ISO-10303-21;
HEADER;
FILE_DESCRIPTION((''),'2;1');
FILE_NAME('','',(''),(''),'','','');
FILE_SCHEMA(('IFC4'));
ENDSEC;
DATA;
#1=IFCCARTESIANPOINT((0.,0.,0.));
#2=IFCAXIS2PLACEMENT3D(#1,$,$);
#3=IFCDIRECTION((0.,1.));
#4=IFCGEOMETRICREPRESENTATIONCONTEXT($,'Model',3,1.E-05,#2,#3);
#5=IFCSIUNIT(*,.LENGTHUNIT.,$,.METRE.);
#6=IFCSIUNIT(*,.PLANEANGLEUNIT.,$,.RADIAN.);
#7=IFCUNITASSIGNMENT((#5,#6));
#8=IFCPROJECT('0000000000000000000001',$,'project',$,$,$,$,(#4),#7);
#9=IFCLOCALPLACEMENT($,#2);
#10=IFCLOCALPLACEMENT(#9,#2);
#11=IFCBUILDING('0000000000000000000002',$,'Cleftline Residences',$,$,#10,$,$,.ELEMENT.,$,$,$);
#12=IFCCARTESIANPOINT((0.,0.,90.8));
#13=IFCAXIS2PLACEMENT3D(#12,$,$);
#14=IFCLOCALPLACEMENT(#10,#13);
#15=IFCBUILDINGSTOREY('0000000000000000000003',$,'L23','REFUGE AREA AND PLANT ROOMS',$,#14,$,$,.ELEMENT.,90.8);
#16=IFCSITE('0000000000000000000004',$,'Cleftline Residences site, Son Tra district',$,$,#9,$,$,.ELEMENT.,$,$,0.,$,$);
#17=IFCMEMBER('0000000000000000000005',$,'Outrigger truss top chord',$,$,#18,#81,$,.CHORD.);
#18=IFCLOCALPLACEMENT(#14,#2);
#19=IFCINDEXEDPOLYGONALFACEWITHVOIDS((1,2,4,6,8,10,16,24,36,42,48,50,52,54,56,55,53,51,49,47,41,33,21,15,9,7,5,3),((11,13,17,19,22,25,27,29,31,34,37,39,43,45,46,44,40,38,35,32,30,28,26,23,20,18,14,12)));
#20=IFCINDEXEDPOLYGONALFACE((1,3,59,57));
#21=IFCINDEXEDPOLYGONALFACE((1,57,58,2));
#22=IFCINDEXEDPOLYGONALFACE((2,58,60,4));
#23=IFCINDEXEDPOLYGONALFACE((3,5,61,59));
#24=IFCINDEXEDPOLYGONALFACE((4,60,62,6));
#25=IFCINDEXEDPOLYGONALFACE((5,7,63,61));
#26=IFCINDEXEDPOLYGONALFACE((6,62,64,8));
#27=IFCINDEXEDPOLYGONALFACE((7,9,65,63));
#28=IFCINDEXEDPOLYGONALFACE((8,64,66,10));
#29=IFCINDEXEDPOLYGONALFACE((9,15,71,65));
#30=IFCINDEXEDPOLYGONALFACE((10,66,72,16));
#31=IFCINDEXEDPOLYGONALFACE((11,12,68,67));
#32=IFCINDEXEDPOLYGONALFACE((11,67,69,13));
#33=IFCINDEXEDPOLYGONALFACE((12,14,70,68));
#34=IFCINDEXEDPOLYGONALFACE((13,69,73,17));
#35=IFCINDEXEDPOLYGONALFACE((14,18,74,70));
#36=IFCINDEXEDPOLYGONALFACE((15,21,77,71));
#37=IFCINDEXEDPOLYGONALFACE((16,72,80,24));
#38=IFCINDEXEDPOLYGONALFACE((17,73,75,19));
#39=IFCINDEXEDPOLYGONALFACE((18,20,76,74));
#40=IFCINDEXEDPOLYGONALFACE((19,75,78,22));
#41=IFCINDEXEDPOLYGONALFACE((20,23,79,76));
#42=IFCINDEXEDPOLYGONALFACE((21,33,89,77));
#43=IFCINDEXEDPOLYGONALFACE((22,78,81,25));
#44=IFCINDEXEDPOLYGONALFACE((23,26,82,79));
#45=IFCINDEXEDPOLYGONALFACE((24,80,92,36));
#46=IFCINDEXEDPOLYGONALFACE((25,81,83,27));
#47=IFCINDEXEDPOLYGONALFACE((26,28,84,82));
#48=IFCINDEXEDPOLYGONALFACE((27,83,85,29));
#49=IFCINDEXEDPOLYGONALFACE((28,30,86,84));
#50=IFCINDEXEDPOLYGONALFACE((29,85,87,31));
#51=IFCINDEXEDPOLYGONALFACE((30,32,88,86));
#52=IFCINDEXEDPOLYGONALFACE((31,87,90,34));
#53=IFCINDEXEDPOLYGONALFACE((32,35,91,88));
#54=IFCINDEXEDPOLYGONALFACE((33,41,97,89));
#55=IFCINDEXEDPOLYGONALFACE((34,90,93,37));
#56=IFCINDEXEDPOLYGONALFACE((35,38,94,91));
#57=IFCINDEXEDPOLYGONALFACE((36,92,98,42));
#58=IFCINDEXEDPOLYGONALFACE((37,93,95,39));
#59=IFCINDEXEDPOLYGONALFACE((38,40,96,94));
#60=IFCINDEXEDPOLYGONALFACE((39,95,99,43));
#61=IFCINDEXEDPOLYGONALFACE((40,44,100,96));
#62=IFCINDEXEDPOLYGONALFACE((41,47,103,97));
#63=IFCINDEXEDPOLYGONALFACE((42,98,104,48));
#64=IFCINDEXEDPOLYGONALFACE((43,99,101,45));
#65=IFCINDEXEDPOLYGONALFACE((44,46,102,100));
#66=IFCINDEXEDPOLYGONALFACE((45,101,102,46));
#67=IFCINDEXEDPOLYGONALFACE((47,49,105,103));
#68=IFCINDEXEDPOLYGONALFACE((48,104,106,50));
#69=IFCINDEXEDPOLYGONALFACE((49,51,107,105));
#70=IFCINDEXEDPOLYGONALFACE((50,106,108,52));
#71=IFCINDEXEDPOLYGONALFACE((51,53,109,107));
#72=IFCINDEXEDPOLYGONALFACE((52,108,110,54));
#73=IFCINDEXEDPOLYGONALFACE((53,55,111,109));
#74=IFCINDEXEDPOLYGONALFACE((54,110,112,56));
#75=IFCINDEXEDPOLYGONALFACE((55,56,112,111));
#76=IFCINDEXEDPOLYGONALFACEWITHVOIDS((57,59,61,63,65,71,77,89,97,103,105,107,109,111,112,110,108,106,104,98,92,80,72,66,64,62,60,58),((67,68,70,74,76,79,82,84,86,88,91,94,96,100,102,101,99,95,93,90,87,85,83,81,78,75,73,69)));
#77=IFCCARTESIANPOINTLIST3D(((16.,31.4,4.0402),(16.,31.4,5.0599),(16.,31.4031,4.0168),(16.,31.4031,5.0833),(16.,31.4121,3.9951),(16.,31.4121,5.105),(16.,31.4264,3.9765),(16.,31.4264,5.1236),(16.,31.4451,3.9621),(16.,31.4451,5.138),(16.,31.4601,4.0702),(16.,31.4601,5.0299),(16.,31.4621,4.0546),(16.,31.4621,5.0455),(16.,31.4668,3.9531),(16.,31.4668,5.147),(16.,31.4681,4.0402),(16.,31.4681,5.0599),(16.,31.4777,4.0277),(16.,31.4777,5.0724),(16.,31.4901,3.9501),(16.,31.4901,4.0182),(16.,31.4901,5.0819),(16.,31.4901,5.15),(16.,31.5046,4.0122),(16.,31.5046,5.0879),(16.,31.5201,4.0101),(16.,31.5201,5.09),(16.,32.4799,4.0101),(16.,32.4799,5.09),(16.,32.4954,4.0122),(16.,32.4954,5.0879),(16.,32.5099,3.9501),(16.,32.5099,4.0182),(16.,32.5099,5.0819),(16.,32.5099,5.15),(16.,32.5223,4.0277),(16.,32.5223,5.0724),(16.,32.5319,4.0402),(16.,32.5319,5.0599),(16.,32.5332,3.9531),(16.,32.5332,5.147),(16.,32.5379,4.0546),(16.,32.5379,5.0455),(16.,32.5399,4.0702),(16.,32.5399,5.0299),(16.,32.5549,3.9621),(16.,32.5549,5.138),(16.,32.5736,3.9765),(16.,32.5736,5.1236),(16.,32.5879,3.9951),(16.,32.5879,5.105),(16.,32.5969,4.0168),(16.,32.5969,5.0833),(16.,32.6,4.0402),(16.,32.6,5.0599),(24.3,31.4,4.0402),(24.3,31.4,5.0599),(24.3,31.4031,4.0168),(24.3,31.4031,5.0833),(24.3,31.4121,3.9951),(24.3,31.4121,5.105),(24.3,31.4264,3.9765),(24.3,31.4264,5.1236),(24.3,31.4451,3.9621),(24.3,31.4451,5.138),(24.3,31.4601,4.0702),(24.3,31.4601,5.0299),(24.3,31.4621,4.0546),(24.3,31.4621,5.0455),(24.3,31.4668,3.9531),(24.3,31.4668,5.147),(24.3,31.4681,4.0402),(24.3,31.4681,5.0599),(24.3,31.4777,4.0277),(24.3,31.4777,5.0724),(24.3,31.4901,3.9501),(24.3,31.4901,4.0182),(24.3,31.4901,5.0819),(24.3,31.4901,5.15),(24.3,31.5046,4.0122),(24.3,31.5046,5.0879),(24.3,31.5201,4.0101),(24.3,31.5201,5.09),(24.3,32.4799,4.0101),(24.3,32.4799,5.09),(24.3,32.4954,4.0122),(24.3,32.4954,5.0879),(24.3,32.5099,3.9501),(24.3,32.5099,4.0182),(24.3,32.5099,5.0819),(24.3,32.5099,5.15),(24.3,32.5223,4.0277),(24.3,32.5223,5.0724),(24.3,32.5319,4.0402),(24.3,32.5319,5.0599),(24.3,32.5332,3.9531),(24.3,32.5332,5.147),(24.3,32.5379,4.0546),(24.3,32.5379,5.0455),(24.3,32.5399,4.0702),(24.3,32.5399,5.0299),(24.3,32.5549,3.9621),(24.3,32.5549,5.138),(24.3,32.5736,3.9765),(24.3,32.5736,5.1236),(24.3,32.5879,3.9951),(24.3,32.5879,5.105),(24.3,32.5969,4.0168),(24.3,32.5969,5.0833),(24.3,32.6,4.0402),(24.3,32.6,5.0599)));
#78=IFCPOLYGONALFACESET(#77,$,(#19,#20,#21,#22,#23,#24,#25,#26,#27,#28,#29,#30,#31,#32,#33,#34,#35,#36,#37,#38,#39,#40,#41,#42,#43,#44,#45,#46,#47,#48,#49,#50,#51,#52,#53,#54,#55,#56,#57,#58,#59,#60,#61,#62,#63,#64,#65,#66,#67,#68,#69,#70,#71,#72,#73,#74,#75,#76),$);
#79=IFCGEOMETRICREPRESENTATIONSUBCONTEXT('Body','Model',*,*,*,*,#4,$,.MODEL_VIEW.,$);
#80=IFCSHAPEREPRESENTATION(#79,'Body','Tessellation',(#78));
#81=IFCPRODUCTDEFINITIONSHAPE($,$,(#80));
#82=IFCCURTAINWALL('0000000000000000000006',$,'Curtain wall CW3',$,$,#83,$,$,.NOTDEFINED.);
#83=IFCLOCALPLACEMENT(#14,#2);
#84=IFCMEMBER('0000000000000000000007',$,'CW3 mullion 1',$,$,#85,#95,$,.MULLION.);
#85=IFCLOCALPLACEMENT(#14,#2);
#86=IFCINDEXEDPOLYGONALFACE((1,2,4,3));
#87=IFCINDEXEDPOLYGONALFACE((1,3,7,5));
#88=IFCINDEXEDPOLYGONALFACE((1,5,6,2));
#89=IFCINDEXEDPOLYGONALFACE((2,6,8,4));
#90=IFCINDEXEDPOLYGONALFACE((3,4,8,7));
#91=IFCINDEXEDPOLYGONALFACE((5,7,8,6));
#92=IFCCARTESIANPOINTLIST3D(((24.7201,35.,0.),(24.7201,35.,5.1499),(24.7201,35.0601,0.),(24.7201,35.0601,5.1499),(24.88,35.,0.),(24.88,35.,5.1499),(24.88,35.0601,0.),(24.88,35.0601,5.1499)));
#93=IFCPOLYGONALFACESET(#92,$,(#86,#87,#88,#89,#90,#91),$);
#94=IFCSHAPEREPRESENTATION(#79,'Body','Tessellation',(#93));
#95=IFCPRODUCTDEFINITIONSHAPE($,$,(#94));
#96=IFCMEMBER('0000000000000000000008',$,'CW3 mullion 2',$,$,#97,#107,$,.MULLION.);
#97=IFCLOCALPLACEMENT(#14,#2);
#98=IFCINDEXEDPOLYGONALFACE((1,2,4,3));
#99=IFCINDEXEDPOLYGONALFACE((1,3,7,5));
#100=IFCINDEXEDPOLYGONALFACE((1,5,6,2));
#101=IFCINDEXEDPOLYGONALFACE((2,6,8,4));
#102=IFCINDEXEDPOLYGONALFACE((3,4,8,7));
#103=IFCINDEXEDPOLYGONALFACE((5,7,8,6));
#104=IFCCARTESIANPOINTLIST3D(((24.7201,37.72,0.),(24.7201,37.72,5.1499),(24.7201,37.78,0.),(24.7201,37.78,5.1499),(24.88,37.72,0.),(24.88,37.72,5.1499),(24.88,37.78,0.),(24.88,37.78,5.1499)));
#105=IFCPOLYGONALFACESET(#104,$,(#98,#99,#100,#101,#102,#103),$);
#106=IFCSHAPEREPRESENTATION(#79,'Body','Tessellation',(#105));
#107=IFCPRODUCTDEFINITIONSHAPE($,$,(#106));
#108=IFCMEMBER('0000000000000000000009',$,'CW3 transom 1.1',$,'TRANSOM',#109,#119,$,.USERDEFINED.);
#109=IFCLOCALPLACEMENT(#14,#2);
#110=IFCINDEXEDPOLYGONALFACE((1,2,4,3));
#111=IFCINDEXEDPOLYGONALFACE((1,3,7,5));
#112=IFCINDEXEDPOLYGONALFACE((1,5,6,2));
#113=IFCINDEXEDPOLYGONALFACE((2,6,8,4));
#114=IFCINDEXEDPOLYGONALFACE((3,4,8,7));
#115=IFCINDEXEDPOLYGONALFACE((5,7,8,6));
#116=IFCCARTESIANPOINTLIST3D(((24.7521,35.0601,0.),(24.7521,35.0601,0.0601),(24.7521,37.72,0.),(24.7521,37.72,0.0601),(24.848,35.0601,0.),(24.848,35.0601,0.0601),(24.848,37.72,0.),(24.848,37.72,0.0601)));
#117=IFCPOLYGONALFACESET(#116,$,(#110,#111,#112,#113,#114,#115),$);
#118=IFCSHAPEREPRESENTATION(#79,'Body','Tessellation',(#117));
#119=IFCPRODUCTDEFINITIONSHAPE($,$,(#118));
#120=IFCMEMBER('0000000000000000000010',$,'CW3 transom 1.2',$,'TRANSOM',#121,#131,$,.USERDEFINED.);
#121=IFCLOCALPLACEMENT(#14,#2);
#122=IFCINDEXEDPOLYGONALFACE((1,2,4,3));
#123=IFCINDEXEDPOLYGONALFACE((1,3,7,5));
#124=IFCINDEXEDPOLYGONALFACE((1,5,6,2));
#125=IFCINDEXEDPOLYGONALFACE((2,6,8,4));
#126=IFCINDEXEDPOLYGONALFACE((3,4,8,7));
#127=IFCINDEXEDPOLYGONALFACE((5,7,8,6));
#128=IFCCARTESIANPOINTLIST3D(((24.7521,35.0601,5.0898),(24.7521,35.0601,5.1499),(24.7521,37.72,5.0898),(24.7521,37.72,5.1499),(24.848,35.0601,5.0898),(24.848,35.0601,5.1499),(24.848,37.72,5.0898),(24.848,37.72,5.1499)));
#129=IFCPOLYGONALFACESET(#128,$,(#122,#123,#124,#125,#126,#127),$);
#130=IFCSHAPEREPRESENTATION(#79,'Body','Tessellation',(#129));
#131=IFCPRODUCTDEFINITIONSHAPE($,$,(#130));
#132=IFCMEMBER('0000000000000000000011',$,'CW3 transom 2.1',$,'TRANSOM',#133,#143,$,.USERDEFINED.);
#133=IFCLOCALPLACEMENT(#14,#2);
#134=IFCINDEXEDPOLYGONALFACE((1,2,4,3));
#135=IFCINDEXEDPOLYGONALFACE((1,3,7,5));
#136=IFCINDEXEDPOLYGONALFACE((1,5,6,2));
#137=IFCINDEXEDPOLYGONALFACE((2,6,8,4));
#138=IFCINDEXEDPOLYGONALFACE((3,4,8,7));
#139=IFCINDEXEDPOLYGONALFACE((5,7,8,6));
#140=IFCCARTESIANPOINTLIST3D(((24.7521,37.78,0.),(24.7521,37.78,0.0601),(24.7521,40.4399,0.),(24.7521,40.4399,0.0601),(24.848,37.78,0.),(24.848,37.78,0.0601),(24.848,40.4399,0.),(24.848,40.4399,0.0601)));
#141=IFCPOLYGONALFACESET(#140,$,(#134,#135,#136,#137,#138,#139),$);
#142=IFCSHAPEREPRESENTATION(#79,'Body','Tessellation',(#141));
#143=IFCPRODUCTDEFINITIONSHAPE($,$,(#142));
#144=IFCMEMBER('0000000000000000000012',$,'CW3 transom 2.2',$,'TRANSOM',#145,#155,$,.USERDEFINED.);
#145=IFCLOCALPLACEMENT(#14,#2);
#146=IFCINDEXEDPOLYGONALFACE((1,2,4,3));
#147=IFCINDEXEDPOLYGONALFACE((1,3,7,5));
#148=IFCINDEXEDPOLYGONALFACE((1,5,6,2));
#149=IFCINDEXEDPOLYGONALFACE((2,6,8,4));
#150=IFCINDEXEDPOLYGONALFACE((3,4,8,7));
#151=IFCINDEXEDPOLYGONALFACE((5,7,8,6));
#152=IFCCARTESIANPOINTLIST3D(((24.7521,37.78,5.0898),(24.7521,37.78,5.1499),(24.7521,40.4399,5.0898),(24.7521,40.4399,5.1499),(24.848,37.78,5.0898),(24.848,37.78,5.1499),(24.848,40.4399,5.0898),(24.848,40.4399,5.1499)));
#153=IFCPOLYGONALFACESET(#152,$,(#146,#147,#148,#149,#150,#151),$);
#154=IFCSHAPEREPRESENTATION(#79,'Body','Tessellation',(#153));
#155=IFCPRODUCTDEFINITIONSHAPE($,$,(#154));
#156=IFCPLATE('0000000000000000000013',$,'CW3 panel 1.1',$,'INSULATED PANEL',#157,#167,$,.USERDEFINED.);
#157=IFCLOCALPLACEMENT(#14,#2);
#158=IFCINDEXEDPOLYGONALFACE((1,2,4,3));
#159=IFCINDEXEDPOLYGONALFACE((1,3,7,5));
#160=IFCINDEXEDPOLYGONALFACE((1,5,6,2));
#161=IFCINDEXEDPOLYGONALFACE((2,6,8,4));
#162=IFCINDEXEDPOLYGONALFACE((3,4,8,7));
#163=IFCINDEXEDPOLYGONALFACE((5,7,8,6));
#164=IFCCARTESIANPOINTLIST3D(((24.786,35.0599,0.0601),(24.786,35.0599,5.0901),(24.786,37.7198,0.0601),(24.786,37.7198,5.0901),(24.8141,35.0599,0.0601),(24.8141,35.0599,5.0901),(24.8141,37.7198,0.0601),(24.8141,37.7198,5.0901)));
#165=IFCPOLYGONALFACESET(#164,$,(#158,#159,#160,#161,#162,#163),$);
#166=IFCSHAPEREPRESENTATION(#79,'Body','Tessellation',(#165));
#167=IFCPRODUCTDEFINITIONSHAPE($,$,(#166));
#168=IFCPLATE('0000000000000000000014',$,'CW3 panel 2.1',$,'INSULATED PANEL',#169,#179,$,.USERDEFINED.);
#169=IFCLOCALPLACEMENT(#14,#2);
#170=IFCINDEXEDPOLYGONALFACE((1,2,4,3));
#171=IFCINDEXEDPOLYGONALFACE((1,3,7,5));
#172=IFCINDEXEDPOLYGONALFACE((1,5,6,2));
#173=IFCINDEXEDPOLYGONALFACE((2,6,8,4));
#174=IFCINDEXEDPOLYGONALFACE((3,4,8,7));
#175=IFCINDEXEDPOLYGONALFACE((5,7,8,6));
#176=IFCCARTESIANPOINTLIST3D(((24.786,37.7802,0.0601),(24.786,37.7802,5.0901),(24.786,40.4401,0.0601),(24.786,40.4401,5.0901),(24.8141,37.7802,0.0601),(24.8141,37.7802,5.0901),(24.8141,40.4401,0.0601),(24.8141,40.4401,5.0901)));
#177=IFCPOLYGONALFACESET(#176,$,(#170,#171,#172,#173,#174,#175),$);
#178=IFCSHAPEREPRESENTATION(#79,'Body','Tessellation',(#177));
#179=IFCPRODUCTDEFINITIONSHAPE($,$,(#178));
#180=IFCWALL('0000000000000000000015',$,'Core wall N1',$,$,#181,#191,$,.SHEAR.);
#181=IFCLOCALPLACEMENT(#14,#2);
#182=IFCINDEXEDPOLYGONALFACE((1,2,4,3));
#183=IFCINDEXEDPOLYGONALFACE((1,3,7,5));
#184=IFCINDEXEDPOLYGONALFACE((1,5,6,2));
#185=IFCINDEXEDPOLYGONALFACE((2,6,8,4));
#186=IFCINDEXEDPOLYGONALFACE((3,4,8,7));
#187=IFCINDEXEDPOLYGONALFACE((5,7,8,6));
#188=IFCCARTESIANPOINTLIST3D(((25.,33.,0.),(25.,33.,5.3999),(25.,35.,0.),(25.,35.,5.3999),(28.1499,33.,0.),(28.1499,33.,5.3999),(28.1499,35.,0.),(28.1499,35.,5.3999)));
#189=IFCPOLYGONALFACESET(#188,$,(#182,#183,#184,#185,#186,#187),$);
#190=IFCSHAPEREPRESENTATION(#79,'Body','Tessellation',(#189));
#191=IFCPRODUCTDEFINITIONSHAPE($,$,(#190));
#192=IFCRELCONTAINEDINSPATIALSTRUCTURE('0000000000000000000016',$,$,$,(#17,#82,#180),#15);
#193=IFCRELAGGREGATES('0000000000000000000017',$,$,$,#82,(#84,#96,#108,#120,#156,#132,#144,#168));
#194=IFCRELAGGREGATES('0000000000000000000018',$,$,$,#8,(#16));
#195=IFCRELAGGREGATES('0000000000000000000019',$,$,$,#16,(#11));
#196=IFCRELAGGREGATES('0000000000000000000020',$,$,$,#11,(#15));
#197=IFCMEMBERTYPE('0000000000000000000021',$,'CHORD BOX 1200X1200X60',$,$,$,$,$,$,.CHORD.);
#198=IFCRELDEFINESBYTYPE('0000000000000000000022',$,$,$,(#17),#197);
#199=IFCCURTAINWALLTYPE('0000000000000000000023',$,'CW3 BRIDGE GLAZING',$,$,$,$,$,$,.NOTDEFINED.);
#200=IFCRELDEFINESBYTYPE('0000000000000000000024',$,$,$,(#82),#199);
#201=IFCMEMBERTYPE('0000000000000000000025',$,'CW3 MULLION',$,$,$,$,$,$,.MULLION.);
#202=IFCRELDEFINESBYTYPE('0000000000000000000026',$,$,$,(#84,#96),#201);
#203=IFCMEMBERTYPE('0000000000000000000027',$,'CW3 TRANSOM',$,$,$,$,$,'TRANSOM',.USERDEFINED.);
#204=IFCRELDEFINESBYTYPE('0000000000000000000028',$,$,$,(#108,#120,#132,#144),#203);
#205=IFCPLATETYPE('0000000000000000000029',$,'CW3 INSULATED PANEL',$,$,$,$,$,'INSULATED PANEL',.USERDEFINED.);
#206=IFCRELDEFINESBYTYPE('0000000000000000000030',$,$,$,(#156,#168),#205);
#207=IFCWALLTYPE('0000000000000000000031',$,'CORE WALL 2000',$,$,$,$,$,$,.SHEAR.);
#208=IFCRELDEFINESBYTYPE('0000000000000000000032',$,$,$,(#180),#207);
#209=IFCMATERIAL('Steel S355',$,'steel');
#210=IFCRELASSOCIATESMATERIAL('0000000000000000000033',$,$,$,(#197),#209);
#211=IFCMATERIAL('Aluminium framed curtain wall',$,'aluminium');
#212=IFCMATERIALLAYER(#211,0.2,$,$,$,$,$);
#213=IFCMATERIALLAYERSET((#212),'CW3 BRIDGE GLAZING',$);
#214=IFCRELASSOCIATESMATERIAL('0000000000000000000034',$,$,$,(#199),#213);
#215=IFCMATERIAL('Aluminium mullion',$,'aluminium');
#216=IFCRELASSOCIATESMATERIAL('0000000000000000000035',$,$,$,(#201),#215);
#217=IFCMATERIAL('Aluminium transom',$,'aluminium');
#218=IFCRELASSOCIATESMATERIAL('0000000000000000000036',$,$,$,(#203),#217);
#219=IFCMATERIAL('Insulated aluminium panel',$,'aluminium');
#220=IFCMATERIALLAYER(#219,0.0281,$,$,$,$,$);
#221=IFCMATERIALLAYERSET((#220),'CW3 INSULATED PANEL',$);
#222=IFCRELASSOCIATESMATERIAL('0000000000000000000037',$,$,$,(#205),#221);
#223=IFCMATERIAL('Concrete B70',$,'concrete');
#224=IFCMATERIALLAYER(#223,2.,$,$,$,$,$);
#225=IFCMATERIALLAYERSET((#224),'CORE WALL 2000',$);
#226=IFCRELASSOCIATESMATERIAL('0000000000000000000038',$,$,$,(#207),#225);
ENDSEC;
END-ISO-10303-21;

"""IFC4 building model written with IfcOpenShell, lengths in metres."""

from ifc_helpers import new_model, si_unit, direction, frame, frame_2d, origin, origin_2d, place, context, subcontext, project, spatial, rectangle, hollow_rectangle, extrude, material, layer, layer_set, material_profile, profile_set, type_object, element, aggregate, save


model = new_model("IFC4")

# Units and contexts
model_context = context("Model", 3, precision=1e-05, world=origin(), true_north=direction((0.0, 1.0)))
body_context = subcontext(model_context, "Body", "Model", "MODEL_VIEW")
ifc_project = project(units=[si_unit("LENGTHUNIT", "METRE"), si_unit("PLANEANGLEUNIT", "RADIAN")], contexts=[model_context])

# Site, building, storey
site_placement = place(None, origin())
site = spatial("IfcSite", under=ifc_project, at=site_placement, Name="Cleftline Residences site, Son Tra district", CompositionType="ELEMENT", RefElevation=0.0)
building_placement = place(site_placement, origin())
building = spatial("IfcBuilding", under=site, at=building_placement, Name="Cleftline Residences", CompositionType="ELEMENT")
storey_placement = place(building_placement, frame((0.0, 0.0, 90.8)))
storey = spatial("IfcBuildingStorey", under=building, at=storey_placement, Name="L23", Description="REFUGE AREA AND PLANT ROOMS", CompositionType="ELEMENT", Elevation=90.8)

# Member
ifc_material_1 = material(Name="Steel S355", Category="steel")
ifc_material_profile_1 = material_profile(ifc_material_1, hollow_rectangle(XDim=1.2, YDim=1.2, WallThickness=0.0601, InnerFilletRadius=0.0601, OuterFilletRadius=0.0901, at=origin_2d()))
ifc_profile_set_1 = profile_set([ifc_material_profile_1], Name="Steel S355")
member_type_1 = type_object("IfcMemberType", Name="CHORD BOX 1200X1200X60", PredefinedType="CHORD", material=ifc_profile_set_1)
for number, where, z_axis, x_axis, name in (
    (1, (24.3, 32.0, 4.55), (-1.0, 0.0, 0.0), (0.0, -1.0, 0.0), "Outrigger truss top chord"),
):
    element("IfcMember", number, at=place(storey_placement, frame(where, z_axis=z_axis, x_axis=x_axis)), inside=storey, type_object=member_type_1, Name=name, PredefinedType="CHORD", context=body_context, shape_type="SweptSolid", body=[
        extrude(hollow_rectangle(XDim=1.2, YDim=1.2, WallThickness=0.0601, InnerFilletRadius=0.0601, OuterFilletRadius=0.0901, at=origin_2d()), origin(), (0.0, 0.0, 1.0), 8.3),
    ])

# Curtain wall, members, plates
ifc_material_2 = material(Name="Aluminium framed curtain wall", Category="aluminium")
ifc_layer_1 = layer(ifc_material_2, 0.2)
ifc_layer_set_1 = layer_set([ifc_layer_1], Name="CW3 BRIDGE GLAZING")
curtain_wall_type = type_object("IfcCurtainWallType", Name="CW3 BRIDGE GLAZING", PredefinedType="NOTDEFINED", material=ifc_layer_set_1)
curtain_wall_placement = place(storey_placement, origin())
curtain_wall = element("IfcCurtainWall", 2, at=curtain_wall_placement, inside=storey, type_object=curtain_wall_type, Name="Curtain wall CW3", PredefinedType="NOTDEFINED")
ifc_material_3 = material(Name="Aluminium mullion", Category="aluminium")
ifc_material_profile_2 = material_profile(ifc_material_3, rectangle(XDim=0.1599, YDim=0.0601, at=origin_2d()))
ifc_profile_set_2 = profile_set([ifc_material_profile_2], Name="Aluminium mullion")
member_type_2 = type_object("IfcMemberType", Name="CW3 MULLION", PredefinedType="MULLION", material=ifc_profile_set_2)
member_1_placement = place(storey_placement, frame((24.8, 35.03, 0.0), z_axis=(0.0, 0.0, 1.0), x_axis=(-1.0, 0.0, 0.0)))
member_1 = element("IfcMember", 3, at=member_1_placement, type_object=member_type_2, Name="CW3 mullion 1", PredefinedType="MULLION", context=body_context, shape_type="SweptSolid", body=[
    extrude(rectangle(XDim=0.1599, YDim=0.0601, at=origin_2d()), origin(), (0.0, 0.0, 1.0), 5.1499),
])
member_2_placement = place(storey_placement, frame((24.8, 37.75, 0.0), z_axis=(0.0, 0.0, 1.0), x_axis=(-1.0, 0.0, 0.0)))
member_2 = element("IfcMember", 4, at=member_2_placement, type_object=member_type_2, Name="CW3 mullion 2", PredefinedType="MULLION", context=body_context, shape_type="SweptSolid", body=[
    extrude(rectangle(XDim=0.1599, YDim=0.0601, at=origin_2d()), origin(), (0.0, 0.0, 1.0), 5.1499),
])
ifc_material_4 = material(Name="Aluminium transom", Category="aluminium")
ifc_material_profile_3 = material_profile(ifc_material_4, rectangle(XDim=0.0959, YDim=0.0601, at=origin_2d()))
ifc_profile_set_3 = profile_set([ifc_material_profile_3], Name="Aluminium transom")
member_type_3 = type_object("IfcMemberType", Name="CW3 TRANSOM", ElementType="TRANSOM", PredefinedType="USERDEFINED", material=ifc_profile_set_3)
member_3_placement = place(storey_placement, frame((24.8, 35.0601, 0.03), z_axis=(0.0, 1.0, 0.0), x_axis=(-1.0, 0.0, 0.0)))
member_3 = element("IfcMember", 5, at=member_3_placement, type_object=member_type_3, Name="CW3 transom 1.1", ObjectType="TRANSOM", PredefinedType="USERDEFINED", context=body_context, shape_type="SweptSolid", body=[
    extrude(rectangle(XDim=0.0959, YDim=0.0601, at=origin_2d()), origin(), (0.0, 0.0, 1.0), 2.6599),
])
member_4_placement = place(storey_placement, frame((24.8, 35.0601, 5.1199), z_axis=(0.0, 1.0, 0.0), x_axis=(-1.0, 0.0, 0.0)))
member_4 = element("IfcMember", 6, at=member_4_placement, type_object=member_type_3, Name="CW3 transom 1.2", ObjectType="TRANSOM", PredefinedType="USERDEFINED", context=body_context, shape_type="SweptSolid", body=[
    extrude(rectangle(XDim=0.0959, YDim=0.0601, at=origin_2d()), origin(), (0.0, 0.0, 1.0), 2.6599),
])
member_5_placement = place(storey_placement, frame((24.8, 37.78, 0.03), z_axis=(0.0, 1.0, 0.0), x_axis=(-1.0, 0.0, 0.0)))
member_5 = element("IfcMember", 7, at=member_5_placement, type_object=member_type_3, Name="CW3 transom 2.1", ObjectType="TRANSOM", PredefinedType="USERDEFINED", context=body_context, shape_type="SweptSolid", body=[
    extrude(rectangle(XDim=0.0959, YDim=0.0601, at=origin_2d()), origin(), (0.0, 0.0, 1.0), 2.6599),
])
member_6_placement = place(storey_placement, frame((24.8, 37.78, 5.1199), z_axis=(0.0, 1.0, 0.0), x_axis=(-1.0, 0.0, 0.0)))
member_6 = element("IfcMember", 8, at=member_6_placement, type_object=member_type_3, Name="CW3 transom 2.2", ObjectType="TRANSOM", PredefinedType="USERDEFINED", context=body_context, shape_type="SweptSolid", body=[
    extrude(rectangle(XDim=0.0959, YDim=0.0601, at=origin_2d()), origin(), (0.0, 0.0, 1.0), 2.6599),
])
ifc_material_5 = material(Name="Insulated aluminium panel", Category="aluminium")
ifc_layer_2 = layer(ifc_material_5, 0.0281)
ifc_layer_set_2 = layer_set([ifc_layer_2], Name="CW3 INSULATED PANEL")
plate_type = type_object("IfcPlateType", Name="CW3 INSULATED PANEL", ElementType="INSULATED PANEL", PredefinedType="USERDEFINED", material=ifc_layer_set_2)
plate_1_placement = place(storey_placement, frame((24.8, 36.3899, 0.0601), z_axis=(0.0, 0.0, 1.0), x_axis=(0.0, 1.0, 0.0)))
plate_1 = element("IfcPlate", 9, at=plate_1_placement, type_object=plate_type, Name="CW3 panel 1.1", ObjectType="INSULATED PANEL", PredefinedType="USERDEFINED", context=body_context, shape_type="SweptSolid", body=[
    extrude(rectangle(XDim=2.6599, YDim=0.0281, at=origin_2d()), origin(), (0.0, 0.0, 1.0), 5.03),
])
plate_2_placement = place(storey_placement, frame((24.8, 39.1101, 0.0601), z_axis=(0.0, 0.0, 1.0), x_axis=(0.0, 1.0, 0.0)))
plate_2 = element("IfcPlate", 10, at=plate_2_placement, type_object=plate_type, Name="CW3 panel 2.1", ObjectType="INSULATED PANEL", PredefinedType="USERDEFINED", context=body_context, shape_type="SweptSolid", body=[
    extrude(rectangle(XDim=2.6599, YDim=0.0281, at=origin_2d()), origin(), (0.0, 0.0, 1.0), 5.03),
])
aggregate(curtain_wall, [member_1, member_2, member_3, member_4, plate_1, member_5, member_6, plate_2])

# Wall
ifc_material_6 = material(Name="Concrete B70", Category="concrete")
ifc_layer_3 = layer(ifc_material_6, 2.0)
ifc_layer_set_3 = layer_set([ifc_layer_3], Name="CORE WALL 2000")
wall_type_1 = type_object("IfcWallType", Name="CORE WALL 2000", PredefinedType="SHEAR", material=ifc_layer_set_3)
wall_1_placement = place(storey_placement, frame((25.0, 34.0, 0.0), z_axis=(0.0, 0.0, 1.0), x_axis=(1.0, 0.0, 0.0)))
element("IfcWall", 11, at=wall_1_placement, inside=storey, type_object=wall_type_1, Name="Core wall N1", PredefinedType="SHEAR", context=body_context, shape_type="SweptSolid", body=[
    extrude(rectangle(XDim=3.1499, YDim=2.0, at=frame_2d((1.575, 0.0))), origin(), (0.0, 0.0, 1.0), 5.3999),
])

save(model, "model.ifc")
